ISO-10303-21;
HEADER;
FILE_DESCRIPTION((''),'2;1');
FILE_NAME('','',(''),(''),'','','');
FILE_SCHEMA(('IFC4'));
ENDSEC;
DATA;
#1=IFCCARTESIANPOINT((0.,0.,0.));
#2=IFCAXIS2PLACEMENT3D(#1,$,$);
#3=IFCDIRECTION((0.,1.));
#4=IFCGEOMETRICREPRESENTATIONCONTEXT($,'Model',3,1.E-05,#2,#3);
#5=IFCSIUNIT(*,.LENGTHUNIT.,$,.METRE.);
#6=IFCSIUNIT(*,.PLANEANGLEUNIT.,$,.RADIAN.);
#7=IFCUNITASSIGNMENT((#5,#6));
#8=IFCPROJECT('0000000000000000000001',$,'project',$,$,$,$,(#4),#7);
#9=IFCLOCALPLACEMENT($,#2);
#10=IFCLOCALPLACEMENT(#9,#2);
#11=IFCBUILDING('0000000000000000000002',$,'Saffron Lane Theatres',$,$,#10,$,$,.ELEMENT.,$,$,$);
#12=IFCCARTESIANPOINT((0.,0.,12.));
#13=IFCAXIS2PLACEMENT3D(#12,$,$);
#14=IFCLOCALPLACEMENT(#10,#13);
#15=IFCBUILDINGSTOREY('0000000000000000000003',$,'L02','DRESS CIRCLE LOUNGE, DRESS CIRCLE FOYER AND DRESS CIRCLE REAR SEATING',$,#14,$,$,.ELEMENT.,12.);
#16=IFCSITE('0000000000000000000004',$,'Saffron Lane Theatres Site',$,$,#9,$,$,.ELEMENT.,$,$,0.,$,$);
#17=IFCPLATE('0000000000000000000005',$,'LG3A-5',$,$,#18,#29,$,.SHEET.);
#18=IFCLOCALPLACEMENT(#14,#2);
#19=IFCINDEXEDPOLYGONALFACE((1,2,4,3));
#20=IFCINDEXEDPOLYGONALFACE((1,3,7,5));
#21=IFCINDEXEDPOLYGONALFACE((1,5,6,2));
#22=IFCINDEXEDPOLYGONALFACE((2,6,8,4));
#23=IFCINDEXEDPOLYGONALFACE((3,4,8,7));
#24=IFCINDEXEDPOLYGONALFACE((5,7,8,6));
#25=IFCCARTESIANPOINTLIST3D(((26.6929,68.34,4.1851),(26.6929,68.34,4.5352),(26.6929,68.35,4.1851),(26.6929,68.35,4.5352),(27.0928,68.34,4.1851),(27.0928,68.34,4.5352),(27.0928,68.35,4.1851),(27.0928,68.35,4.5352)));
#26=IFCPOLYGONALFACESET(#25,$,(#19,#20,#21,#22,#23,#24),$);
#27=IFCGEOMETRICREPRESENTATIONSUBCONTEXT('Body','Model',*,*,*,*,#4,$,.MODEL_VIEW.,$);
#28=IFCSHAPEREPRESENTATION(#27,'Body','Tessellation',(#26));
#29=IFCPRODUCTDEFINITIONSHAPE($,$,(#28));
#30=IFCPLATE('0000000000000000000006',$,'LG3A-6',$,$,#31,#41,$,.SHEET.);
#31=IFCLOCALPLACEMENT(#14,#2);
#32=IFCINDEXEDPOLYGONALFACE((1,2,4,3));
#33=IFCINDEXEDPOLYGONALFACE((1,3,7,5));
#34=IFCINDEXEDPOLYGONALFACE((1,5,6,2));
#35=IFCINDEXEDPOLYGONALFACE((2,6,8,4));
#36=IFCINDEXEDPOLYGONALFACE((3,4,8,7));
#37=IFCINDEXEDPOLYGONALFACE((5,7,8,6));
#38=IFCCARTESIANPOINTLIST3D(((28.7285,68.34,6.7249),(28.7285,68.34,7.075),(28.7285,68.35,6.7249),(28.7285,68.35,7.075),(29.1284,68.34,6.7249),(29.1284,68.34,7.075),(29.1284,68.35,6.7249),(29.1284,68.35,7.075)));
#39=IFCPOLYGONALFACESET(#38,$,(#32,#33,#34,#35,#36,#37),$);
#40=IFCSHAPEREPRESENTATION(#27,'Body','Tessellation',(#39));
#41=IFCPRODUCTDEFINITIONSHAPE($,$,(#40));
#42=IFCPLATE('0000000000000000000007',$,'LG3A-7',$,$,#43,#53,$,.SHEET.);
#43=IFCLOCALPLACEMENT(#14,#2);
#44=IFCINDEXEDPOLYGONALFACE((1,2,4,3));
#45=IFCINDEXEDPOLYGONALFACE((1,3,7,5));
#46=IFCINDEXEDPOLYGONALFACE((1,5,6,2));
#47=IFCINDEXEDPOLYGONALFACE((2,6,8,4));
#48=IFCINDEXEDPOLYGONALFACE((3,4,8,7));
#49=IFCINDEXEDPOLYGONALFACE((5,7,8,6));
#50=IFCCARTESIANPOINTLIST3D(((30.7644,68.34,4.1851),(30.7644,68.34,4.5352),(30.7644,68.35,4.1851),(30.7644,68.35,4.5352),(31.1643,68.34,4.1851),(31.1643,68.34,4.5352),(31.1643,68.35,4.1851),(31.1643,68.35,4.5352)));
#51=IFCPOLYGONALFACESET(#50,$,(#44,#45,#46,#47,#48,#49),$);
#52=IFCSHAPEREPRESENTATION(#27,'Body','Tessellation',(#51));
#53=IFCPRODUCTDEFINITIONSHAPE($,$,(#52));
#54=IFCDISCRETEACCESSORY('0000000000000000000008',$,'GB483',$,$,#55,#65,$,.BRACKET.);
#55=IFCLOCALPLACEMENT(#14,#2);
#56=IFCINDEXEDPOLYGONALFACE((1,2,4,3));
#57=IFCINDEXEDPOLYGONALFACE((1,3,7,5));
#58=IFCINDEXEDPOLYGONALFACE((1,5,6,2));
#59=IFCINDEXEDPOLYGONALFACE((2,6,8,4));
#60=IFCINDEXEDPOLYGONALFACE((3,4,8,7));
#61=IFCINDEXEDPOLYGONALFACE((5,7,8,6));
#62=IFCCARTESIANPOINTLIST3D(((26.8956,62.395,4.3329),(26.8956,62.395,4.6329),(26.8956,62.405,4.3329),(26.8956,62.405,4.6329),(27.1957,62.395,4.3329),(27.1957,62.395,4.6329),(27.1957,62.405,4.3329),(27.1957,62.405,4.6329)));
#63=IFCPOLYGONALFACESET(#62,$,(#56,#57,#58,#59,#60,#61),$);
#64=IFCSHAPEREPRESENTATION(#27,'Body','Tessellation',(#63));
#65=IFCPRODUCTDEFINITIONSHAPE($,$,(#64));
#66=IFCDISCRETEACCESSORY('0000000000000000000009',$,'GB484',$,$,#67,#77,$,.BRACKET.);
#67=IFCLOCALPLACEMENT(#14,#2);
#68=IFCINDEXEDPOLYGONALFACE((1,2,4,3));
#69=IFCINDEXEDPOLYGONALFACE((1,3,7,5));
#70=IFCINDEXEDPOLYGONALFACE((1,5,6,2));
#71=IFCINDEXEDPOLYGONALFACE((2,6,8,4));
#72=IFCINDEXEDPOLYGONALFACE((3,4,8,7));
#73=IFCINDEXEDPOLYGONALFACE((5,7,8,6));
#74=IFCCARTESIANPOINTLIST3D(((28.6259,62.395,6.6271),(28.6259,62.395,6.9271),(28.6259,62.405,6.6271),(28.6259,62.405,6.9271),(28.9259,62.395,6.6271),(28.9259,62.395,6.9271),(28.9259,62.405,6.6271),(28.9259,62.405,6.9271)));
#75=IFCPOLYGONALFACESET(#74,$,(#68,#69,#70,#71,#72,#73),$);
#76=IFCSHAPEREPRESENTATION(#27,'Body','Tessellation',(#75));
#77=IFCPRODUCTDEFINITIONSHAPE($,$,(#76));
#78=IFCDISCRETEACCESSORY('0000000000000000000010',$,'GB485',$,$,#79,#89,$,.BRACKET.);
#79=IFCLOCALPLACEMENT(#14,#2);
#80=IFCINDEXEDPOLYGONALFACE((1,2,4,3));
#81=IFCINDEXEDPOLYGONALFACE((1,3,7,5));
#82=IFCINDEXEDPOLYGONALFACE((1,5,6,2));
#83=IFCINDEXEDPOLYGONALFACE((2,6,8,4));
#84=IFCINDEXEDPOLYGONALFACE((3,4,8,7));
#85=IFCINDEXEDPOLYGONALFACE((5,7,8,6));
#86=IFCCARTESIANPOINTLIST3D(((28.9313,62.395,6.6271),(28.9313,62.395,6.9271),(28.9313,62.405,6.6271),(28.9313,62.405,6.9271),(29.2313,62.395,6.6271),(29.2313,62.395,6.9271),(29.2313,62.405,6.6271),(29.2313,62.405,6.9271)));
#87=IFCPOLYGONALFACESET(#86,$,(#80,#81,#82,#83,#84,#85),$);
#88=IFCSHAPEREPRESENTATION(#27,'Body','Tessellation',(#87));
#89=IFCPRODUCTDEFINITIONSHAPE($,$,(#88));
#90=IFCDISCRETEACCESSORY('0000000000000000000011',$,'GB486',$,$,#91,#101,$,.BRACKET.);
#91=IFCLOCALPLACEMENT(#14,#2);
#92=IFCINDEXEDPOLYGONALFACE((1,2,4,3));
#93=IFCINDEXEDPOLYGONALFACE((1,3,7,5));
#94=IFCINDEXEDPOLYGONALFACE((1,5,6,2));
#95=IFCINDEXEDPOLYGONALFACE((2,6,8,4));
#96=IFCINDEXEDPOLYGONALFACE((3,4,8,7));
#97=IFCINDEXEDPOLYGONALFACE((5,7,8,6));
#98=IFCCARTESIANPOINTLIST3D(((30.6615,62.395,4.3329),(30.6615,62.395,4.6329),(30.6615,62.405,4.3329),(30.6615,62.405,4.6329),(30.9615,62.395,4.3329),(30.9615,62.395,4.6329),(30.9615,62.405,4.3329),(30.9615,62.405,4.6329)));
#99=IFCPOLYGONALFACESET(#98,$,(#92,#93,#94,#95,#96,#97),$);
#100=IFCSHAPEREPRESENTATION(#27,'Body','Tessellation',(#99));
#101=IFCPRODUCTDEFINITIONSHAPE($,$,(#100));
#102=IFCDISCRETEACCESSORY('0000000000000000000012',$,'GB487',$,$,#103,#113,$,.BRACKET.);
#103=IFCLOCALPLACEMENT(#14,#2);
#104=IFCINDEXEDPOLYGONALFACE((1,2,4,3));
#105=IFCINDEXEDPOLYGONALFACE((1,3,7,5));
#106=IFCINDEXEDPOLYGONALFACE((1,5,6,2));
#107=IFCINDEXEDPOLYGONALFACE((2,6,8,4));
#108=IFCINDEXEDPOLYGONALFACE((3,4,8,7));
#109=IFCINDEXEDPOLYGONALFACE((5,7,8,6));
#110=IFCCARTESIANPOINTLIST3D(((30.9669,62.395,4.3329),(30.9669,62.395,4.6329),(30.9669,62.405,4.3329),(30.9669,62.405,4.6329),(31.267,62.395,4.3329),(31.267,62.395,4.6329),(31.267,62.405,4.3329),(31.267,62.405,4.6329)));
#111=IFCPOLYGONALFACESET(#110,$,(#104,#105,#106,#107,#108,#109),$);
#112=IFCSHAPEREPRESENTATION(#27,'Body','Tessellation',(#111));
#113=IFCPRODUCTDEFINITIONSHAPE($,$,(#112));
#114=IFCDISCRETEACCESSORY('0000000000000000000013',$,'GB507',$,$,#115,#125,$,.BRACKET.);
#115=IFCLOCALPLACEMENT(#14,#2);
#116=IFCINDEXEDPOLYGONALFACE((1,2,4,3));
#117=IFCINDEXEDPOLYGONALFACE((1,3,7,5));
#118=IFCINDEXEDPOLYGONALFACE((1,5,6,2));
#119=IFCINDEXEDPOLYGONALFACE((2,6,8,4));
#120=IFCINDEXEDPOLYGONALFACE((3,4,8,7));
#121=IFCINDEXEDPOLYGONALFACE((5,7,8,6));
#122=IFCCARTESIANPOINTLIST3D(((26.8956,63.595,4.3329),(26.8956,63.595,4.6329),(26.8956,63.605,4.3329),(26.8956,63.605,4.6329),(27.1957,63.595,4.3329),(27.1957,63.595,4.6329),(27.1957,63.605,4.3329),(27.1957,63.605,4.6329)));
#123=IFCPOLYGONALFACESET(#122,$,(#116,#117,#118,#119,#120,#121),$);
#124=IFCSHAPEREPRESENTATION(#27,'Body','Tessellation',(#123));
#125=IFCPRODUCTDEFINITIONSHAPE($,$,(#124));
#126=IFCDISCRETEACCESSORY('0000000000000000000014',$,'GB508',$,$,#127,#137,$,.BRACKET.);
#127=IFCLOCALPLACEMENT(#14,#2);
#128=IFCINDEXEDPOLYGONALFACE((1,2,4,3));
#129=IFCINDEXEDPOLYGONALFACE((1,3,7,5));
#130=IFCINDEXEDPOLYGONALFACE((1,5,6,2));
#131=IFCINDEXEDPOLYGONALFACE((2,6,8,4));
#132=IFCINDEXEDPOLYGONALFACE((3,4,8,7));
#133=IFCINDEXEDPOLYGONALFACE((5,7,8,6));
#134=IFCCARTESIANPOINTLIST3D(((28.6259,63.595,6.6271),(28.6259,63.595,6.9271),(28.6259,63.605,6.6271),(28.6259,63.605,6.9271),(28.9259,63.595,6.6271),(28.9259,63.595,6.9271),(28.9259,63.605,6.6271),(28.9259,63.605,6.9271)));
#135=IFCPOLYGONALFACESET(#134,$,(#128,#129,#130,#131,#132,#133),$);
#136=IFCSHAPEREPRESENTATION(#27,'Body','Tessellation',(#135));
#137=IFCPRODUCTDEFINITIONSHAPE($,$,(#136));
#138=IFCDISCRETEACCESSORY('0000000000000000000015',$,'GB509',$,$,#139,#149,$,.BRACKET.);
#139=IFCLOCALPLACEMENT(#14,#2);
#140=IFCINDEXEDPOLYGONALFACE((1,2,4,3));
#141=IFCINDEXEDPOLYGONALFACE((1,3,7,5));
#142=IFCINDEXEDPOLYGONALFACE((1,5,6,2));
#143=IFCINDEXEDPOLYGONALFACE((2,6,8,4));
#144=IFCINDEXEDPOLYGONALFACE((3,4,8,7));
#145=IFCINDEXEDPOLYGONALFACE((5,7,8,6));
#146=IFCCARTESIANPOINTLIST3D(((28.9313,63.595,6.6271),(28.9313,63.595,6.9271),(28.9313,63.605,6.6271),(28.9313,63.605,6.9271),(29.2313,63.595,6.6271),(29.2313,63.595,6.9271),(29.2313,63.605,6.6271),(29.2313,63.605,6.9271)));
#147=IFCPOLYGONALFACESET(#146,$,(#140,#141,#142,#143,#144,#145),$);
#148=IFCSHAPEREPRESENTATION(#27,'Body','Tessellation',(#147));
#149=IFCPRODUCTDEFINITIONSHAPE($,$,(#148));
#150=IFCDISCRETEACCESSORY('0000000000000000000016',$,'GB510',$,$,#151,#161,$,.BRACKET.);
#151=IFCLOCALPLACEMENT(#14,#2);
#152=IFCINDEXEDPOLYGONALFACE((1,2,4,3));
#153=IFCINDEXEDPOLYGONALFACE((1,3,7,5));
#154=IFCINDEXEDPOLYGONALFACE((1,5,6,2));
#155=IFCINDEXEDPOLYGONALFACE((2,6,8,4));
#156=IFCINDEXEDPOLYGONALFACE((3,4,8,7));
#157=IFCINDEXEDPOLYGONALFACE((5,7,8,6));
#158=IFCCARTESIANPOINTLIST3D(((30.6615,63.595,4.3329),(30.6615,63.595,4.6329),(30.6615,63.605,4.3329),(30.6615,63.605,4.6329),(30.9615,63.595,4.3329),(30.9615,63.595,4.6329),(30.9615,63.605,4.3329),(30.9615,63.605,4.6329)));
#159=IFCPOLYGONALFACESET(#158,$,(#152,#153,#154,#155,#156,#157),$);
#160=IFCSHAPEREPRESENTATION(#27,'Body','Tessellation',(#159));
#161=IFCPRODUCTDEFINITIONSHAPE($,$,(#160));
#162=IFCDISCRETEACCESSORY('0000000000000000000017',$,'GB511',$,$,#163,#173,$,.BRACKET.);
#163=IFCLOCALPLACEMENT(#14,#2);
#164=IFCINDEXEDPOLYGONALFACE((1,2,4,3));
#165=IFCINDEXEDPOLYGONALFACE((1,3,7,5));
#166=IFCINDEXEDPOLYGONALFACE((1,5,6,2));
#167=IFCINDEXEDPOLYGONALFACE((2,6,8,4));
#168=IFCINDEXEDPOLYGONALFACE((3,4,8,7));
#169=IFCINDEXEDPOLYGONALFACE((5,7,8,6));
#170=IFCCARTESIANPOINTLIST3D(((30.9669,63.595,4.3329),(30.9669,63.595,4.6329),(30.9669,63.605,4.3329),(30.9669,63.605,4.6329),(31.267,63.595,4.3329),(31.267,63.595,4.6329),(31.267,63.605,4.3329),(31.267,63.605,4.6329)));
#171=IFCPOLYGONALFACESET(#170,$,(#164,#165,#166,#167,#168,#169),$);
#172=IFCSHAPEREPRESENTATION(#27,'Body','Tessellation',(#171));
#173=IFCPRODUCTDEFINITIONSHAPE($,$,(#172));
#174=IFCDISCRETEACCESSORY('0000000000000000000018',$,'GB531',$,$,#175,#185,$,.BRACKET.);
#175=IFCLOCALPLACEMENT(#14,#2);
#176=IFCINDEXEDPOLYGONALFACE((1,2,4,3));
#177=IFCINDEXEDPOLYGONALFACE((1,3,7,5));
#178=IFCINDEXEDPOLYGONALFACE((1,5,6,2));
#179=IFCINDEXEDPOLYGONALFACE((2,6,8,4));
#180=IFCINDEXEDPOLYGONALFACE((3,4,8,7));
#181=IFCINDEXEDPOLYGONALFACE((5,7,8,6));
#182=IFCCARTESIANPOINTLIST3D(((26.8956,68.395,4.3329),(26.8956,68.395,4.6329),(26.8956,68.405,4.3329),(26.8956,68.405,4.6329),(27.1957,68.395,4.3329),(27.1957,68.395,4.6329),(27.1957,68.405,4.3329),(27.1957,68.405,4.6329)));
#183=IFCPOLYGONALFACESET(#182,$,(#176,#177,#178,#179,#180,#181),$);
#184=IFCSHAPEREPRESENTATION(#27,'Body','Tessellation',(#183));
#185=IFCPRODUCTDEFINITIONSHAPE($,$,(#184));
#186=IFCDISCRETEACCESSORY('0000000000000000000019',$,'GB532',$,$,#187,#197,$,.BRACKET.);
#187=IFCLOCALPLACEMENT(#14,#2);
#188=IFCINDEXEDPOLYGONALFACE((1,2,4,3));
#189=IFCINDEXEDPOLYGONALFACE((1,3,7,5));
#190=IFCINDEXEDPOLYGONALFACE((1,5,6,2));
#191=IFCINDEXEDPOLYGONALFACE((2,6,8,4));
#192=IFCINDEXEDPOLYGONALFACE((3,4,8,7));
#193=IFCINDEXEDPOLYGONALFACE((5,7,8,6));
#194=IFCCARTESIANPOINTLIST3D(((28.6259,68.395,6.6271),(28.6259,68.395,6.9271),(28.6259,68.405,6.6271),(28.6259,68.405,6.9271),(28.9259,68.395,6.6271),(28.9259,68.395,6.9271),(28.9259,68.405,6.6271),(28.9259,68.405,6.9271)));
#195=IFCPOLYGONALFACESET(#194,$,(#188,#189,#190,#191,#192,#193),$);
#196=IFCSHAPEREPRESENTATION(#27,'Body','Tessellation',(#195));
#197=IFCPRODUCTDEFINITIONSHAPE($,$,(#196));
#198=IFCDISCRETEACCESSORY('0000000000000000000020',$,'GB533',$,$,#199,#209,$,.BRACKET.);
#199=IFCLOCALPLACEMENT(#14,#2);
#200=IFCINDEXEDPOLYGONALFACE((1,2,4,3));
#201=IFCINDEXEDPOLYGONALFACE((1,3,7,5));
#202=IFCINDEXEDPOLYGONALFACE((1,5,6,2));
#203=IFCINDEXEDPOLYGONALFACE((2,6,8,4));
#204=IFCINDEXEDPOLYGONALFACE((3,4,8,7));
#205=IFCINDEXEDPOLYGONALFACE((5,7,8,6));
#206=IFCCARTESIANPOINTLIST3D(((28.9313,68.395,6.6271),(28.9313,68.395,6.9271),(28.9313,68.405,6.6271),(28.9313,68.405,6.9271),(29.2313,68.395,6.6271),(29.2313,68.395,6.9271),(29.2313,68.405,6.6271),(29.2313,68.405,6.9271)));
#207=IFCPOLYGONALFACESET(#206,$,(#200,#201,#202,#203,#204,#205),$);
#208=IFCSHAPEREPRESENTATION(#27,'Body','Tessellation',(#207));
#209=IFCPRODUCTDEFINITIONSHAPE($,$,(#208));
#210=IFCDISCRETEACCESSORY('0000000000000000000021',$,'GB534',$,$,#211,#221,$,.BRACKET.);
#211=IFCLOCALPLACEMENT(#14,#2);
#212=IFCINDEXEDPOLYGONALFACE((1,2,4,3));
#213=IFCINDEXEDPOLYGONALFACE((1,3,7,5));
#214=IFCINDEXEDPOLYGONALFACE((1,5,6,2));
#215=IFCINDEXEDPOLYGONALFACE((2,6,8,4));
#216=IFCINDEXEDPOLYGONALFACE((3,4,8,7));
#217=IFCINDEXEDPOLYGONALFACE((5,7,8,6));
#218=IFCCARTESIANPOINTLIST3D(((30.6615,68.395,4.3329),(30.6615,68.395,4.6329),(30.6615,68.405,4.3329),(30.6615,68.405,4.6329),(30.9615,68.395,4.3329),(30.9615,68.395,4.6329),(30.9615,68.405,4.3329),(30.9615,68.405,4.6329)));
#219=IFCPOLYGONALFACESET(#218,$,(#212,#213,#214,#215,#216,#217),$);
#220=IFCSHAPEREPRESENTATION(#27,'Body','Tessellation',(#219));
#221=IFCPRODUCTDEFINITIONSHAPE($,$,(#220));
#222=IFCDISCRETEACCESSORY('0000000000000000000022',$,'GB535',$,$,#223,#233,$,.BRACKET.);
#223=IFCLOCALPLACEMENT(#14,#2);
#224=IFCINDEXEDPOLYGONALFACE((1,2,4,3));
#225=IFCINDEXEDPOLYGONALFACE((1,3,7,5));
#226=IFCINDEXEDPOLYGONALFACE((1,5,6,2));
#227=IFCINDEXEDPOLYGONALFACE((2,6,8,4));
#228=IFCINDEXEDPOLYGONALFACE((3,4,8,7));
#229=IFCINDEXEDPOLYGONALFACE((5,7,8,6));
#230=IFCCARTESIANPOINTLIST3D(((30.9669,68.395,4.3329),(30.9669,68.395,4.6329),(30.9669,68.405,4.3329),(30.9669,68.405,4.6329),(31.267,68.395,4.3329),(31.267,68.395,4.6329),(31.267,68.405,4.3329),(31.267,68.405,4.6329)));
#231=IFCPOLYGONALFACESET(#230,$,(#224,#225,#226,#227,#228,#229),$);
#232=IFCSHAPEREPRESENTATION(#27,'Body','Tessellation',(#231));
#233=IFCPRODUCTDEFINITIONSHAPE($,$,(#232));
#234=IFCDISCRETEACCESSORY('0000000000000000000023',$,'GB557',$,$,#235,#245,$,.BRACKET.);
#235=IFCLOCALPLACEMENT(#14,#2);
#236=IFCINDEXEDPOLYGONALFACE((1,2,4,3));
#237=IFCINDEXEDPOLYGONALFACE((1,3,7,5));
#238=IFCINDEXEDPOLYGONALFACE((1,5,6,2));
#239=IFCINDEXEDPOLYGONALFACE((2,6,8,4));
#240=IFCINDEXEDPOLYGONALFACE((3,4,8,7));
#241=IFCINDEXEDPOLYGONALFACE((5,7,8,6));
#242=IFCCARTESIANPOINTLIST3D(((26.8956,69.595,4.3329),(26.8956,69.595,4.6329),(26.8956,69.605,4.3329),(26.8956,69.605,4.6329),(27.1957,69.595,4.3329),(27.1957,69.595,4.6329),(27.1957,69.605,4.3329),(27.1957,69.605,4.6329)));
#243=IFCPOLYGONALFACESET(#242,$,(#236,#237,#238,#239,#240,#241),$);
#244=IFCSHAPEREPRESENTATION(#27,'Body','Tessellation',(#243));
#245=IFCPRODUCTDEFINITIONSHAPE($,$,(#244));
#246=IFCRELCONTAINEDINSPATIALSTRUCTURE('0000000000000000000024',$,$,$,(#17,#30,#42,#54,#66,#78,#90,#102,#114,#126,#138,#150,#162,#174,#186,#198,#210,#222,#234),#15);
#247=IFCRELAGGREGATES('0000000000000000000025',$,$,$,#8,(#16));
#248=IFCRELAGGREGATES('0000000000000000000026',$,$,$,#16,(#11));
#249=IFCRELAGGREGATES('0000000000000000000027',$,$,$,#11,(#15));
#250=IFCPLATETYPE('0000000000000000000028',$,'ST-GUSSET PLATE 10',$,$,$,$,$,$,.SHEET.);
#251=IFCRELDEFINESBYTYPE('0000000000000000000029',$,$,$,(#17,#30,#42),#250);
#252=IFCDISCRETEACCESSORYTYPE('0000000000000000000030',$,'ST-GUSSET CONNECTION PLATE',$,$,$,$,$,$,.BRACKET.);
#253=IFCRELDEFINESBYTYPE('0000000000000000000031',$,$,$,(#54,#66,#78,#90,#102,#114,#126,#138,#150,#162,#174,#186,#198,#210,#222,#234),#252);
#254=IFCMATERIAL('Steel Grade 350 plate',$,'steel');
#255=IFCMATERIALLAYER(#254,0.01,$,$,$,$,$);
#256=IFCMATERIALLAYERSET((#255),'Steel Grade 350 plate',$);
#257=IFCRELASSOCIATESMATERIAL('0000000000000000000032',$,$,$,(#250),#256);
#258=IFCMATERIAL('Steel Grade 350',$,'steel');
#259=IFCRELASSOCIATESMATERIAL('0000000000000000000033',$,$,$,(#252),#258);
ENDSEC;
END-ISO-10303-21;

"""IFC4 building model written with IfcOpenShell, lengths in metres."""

from ifc_helpers import new_model, si_unit, direction, frame, origin, origin_2d, place, context, subcontext, project, spatial, rectangle, extrude, material, layer, layer_set, material_profile, profile_set, type_object, element, save


model = new_model("IFC4")

# Units and contexts
model_context = context("Model", 3, precision=1e-05, world=origin(), true_north=direction((0.0, 1.0)))
body_context = subcontext(model_context, "Body", "Model", "MODEL_VIEW")
ifc_project = project(units=[si_unit("LENGTHUNIT", "METRE"), si_unit("PLANEANGLEUNIT", "RADIAN")], contexts=[model_context])

# Site, building, storey
site_placement = place(None, origin())
site = spatial("IfcSite", under=ifc_project, at=site_placement, Name="Saffron Lane Theatres Site", CompositionType="ELEMENT", RefElevation=0.0)
building_placement = place(site_placement, origin())
building = spatial("IfcBuilding", under=site, at=building_placement, Name="Saffron Lane Theatres", CompositionType="ELEMENT")
storey_placement = place(building_placement, frame((0.0, 0.0, 12.0)))
storey = spatial("IfcBuildingStorey", under=building, at=storey_placement, Name="L02", Description="DRESS CIRCLE LOUNGE, DRESS CIRCLE FOYER AND DRESS CIRCLE REAR SEATING", CompositionType="ELEMENT", Elevation=12.0)

# Plates
ifc_material_1 = material(Name="Steel Grade 350 plate", Category="steel")
ifc_layer = layer(ifc_material_1, 0.01)
ifc_layer_set = layer_set([ifc_layer], Name="Steel Grade 350 plate")
plate_type = type_object("IfcPlateType", Name="ST-GUSSET PLATE 10", PredefinedType="SHEET", material=ifc_layer_set)
for number, where, z_axis, x_axis, name in (
    (1, (26.8928, 68.345, 4.1851), (0.0, 0.0, 1.0), (1.0, 0.0, 0.0), "LG3A-5"),
    (2, (28.9285, 68.345, 6.7249), (0.0, 0.0, 1.0), (1.0, 0.0, 0.0), "LG3A-6"),
    (3, (30.9644, 68.345, 4.1851), (0.0, 0.0, 1.0), (1.0, 0.0, 0.0), "LG3A-7"),
):
    element("IfcPlate", number, at=place(storey_placement, frame(where, z_axis=z_axis, x_axis=x_axis)), inside=storey, type_object=plate_type, Name=name, PredefinedType="SHEET", context=body_context, shape_type="SweptSolid", body=[
        extrude(rectangle(XDim=0.3999, YDim=0.01, at=origin_2d()), origin(), (0.0, 0.0, 1.0), 0.3501),
    ])

# Discrete accessories
ifc_material_2 = material(Name="Steel Grade 350", Category="steel")
ifc_material_profile_1 = material_profile(ifc_material_2, rectangle(XDim=0.3, YDim=0.3, at=origin_2d()))
ifc_profile_set_1 = profile_set([ifc_material_profile_1], Name="Steel Grade 350")
discrete_accessory_type = type_object("IfcDiscreteAccessoryType", Name="ST-GUSSET CONNECTION PLATE", PredefinedType="BRACKET", material=ifc_profile_set_1)
for number, where, z_axis, x_axis, name in (
    (4, (27.0457, 62.395, 4.4829), (0.0, 1.0, 0.0), (-1.0, 0.0, 0.0), "GB483"),
    (5, (28.7759, 62.395, 6.7771), (0.0, 1.0, 0.0), (-1.0, 0.0, 0.0), "GB484"),
    (6, (29.0813, 62.395, 6.7771), (0.0, 1.0, 0.0), (-1.0, 0.0, 0.0), "GB485"),
    (7, (30.8115, 62.395, 4.4829), (0.0, 1.0, 0.0), (-1.0, 0.0, 0.0), "GB486"),
    (8, (31.1169, 62.395, 4.4829), (0.0, 1.0, 0.0), (-1.0, 0.0, 0.0), "GB487"),
    (9, (27.0457, 63.595, 4.4829), (0.0, 1.0, 0.0), (-1.0, 0.0, 0.0), "GB507"),
    (10, (28.7759, 63.595, 6.7771), (0.0, 1.0, 0.0), (-1.0, 0.0, 0.0), "GB508"),
    (11, (29.0813, 63.595, 6.7771), (0.0, 1.0, 0.0), (-1.0, 0.0, 0.0), "GB509"),
    (12, (30.8115, 63.595, 4.4829), (0.0, 1.0, 0.0), (-1.0, 0.0, 0.0), "GB510"),
    (13, (31.1169, 63.595, 4.4829), (0.0, 1.0, 0.0), (-1.0, 0.0, 0.0), "GB511"),
    (14, (27.0457, 68.395, 4.4829), (0.0, 1.0, 0.0), (-1.0, 0.0, 0.0), "GB531"),
    (15, (28.7759, 68.395, 6.7771), (0.0, 1.0, 0.0), (-1.0, 0.0, 0.0), "GB532"),
    (16, (29.0813, 68.395, 6.7771), (0.0, 1.0, 0.0), (-1.0, 0.0, 0.0), "GB533"),
    (17, (30.8115, 68.395, 4.4829), (0.0, 1.0, 0.0), (-1.0, 0.0, 0.0), "GB534"),
    (18, (31.1169, 68.395, 4.4829), (0.0, 1.0, 0.0), (-1.0, 0.0, 0.0), "GB535"),
    (19, (27.0457, 69.595, 4.4829), (0.0, 1.0, 0.0), (-1.0, 0.0, 0.0), "GB557"),
):
    element("IfcDiscreteAccessory", number, at=place(storey_placement, frame(where, z_axis=z_axis, x_axis=x_axis)), inside=storey, type_object=discrete_accessory_type, Name=name, PredefinedType="BRACKET", context=body_context, shape_type="SweptSolid", body=[
        extrude(rectangle(XDim=0.3, YDim=0.3, at=origin_2d()), origin(), (0.0, 0.0, 1.0), 0.01),
    ])

save(model, "model.ifc")
